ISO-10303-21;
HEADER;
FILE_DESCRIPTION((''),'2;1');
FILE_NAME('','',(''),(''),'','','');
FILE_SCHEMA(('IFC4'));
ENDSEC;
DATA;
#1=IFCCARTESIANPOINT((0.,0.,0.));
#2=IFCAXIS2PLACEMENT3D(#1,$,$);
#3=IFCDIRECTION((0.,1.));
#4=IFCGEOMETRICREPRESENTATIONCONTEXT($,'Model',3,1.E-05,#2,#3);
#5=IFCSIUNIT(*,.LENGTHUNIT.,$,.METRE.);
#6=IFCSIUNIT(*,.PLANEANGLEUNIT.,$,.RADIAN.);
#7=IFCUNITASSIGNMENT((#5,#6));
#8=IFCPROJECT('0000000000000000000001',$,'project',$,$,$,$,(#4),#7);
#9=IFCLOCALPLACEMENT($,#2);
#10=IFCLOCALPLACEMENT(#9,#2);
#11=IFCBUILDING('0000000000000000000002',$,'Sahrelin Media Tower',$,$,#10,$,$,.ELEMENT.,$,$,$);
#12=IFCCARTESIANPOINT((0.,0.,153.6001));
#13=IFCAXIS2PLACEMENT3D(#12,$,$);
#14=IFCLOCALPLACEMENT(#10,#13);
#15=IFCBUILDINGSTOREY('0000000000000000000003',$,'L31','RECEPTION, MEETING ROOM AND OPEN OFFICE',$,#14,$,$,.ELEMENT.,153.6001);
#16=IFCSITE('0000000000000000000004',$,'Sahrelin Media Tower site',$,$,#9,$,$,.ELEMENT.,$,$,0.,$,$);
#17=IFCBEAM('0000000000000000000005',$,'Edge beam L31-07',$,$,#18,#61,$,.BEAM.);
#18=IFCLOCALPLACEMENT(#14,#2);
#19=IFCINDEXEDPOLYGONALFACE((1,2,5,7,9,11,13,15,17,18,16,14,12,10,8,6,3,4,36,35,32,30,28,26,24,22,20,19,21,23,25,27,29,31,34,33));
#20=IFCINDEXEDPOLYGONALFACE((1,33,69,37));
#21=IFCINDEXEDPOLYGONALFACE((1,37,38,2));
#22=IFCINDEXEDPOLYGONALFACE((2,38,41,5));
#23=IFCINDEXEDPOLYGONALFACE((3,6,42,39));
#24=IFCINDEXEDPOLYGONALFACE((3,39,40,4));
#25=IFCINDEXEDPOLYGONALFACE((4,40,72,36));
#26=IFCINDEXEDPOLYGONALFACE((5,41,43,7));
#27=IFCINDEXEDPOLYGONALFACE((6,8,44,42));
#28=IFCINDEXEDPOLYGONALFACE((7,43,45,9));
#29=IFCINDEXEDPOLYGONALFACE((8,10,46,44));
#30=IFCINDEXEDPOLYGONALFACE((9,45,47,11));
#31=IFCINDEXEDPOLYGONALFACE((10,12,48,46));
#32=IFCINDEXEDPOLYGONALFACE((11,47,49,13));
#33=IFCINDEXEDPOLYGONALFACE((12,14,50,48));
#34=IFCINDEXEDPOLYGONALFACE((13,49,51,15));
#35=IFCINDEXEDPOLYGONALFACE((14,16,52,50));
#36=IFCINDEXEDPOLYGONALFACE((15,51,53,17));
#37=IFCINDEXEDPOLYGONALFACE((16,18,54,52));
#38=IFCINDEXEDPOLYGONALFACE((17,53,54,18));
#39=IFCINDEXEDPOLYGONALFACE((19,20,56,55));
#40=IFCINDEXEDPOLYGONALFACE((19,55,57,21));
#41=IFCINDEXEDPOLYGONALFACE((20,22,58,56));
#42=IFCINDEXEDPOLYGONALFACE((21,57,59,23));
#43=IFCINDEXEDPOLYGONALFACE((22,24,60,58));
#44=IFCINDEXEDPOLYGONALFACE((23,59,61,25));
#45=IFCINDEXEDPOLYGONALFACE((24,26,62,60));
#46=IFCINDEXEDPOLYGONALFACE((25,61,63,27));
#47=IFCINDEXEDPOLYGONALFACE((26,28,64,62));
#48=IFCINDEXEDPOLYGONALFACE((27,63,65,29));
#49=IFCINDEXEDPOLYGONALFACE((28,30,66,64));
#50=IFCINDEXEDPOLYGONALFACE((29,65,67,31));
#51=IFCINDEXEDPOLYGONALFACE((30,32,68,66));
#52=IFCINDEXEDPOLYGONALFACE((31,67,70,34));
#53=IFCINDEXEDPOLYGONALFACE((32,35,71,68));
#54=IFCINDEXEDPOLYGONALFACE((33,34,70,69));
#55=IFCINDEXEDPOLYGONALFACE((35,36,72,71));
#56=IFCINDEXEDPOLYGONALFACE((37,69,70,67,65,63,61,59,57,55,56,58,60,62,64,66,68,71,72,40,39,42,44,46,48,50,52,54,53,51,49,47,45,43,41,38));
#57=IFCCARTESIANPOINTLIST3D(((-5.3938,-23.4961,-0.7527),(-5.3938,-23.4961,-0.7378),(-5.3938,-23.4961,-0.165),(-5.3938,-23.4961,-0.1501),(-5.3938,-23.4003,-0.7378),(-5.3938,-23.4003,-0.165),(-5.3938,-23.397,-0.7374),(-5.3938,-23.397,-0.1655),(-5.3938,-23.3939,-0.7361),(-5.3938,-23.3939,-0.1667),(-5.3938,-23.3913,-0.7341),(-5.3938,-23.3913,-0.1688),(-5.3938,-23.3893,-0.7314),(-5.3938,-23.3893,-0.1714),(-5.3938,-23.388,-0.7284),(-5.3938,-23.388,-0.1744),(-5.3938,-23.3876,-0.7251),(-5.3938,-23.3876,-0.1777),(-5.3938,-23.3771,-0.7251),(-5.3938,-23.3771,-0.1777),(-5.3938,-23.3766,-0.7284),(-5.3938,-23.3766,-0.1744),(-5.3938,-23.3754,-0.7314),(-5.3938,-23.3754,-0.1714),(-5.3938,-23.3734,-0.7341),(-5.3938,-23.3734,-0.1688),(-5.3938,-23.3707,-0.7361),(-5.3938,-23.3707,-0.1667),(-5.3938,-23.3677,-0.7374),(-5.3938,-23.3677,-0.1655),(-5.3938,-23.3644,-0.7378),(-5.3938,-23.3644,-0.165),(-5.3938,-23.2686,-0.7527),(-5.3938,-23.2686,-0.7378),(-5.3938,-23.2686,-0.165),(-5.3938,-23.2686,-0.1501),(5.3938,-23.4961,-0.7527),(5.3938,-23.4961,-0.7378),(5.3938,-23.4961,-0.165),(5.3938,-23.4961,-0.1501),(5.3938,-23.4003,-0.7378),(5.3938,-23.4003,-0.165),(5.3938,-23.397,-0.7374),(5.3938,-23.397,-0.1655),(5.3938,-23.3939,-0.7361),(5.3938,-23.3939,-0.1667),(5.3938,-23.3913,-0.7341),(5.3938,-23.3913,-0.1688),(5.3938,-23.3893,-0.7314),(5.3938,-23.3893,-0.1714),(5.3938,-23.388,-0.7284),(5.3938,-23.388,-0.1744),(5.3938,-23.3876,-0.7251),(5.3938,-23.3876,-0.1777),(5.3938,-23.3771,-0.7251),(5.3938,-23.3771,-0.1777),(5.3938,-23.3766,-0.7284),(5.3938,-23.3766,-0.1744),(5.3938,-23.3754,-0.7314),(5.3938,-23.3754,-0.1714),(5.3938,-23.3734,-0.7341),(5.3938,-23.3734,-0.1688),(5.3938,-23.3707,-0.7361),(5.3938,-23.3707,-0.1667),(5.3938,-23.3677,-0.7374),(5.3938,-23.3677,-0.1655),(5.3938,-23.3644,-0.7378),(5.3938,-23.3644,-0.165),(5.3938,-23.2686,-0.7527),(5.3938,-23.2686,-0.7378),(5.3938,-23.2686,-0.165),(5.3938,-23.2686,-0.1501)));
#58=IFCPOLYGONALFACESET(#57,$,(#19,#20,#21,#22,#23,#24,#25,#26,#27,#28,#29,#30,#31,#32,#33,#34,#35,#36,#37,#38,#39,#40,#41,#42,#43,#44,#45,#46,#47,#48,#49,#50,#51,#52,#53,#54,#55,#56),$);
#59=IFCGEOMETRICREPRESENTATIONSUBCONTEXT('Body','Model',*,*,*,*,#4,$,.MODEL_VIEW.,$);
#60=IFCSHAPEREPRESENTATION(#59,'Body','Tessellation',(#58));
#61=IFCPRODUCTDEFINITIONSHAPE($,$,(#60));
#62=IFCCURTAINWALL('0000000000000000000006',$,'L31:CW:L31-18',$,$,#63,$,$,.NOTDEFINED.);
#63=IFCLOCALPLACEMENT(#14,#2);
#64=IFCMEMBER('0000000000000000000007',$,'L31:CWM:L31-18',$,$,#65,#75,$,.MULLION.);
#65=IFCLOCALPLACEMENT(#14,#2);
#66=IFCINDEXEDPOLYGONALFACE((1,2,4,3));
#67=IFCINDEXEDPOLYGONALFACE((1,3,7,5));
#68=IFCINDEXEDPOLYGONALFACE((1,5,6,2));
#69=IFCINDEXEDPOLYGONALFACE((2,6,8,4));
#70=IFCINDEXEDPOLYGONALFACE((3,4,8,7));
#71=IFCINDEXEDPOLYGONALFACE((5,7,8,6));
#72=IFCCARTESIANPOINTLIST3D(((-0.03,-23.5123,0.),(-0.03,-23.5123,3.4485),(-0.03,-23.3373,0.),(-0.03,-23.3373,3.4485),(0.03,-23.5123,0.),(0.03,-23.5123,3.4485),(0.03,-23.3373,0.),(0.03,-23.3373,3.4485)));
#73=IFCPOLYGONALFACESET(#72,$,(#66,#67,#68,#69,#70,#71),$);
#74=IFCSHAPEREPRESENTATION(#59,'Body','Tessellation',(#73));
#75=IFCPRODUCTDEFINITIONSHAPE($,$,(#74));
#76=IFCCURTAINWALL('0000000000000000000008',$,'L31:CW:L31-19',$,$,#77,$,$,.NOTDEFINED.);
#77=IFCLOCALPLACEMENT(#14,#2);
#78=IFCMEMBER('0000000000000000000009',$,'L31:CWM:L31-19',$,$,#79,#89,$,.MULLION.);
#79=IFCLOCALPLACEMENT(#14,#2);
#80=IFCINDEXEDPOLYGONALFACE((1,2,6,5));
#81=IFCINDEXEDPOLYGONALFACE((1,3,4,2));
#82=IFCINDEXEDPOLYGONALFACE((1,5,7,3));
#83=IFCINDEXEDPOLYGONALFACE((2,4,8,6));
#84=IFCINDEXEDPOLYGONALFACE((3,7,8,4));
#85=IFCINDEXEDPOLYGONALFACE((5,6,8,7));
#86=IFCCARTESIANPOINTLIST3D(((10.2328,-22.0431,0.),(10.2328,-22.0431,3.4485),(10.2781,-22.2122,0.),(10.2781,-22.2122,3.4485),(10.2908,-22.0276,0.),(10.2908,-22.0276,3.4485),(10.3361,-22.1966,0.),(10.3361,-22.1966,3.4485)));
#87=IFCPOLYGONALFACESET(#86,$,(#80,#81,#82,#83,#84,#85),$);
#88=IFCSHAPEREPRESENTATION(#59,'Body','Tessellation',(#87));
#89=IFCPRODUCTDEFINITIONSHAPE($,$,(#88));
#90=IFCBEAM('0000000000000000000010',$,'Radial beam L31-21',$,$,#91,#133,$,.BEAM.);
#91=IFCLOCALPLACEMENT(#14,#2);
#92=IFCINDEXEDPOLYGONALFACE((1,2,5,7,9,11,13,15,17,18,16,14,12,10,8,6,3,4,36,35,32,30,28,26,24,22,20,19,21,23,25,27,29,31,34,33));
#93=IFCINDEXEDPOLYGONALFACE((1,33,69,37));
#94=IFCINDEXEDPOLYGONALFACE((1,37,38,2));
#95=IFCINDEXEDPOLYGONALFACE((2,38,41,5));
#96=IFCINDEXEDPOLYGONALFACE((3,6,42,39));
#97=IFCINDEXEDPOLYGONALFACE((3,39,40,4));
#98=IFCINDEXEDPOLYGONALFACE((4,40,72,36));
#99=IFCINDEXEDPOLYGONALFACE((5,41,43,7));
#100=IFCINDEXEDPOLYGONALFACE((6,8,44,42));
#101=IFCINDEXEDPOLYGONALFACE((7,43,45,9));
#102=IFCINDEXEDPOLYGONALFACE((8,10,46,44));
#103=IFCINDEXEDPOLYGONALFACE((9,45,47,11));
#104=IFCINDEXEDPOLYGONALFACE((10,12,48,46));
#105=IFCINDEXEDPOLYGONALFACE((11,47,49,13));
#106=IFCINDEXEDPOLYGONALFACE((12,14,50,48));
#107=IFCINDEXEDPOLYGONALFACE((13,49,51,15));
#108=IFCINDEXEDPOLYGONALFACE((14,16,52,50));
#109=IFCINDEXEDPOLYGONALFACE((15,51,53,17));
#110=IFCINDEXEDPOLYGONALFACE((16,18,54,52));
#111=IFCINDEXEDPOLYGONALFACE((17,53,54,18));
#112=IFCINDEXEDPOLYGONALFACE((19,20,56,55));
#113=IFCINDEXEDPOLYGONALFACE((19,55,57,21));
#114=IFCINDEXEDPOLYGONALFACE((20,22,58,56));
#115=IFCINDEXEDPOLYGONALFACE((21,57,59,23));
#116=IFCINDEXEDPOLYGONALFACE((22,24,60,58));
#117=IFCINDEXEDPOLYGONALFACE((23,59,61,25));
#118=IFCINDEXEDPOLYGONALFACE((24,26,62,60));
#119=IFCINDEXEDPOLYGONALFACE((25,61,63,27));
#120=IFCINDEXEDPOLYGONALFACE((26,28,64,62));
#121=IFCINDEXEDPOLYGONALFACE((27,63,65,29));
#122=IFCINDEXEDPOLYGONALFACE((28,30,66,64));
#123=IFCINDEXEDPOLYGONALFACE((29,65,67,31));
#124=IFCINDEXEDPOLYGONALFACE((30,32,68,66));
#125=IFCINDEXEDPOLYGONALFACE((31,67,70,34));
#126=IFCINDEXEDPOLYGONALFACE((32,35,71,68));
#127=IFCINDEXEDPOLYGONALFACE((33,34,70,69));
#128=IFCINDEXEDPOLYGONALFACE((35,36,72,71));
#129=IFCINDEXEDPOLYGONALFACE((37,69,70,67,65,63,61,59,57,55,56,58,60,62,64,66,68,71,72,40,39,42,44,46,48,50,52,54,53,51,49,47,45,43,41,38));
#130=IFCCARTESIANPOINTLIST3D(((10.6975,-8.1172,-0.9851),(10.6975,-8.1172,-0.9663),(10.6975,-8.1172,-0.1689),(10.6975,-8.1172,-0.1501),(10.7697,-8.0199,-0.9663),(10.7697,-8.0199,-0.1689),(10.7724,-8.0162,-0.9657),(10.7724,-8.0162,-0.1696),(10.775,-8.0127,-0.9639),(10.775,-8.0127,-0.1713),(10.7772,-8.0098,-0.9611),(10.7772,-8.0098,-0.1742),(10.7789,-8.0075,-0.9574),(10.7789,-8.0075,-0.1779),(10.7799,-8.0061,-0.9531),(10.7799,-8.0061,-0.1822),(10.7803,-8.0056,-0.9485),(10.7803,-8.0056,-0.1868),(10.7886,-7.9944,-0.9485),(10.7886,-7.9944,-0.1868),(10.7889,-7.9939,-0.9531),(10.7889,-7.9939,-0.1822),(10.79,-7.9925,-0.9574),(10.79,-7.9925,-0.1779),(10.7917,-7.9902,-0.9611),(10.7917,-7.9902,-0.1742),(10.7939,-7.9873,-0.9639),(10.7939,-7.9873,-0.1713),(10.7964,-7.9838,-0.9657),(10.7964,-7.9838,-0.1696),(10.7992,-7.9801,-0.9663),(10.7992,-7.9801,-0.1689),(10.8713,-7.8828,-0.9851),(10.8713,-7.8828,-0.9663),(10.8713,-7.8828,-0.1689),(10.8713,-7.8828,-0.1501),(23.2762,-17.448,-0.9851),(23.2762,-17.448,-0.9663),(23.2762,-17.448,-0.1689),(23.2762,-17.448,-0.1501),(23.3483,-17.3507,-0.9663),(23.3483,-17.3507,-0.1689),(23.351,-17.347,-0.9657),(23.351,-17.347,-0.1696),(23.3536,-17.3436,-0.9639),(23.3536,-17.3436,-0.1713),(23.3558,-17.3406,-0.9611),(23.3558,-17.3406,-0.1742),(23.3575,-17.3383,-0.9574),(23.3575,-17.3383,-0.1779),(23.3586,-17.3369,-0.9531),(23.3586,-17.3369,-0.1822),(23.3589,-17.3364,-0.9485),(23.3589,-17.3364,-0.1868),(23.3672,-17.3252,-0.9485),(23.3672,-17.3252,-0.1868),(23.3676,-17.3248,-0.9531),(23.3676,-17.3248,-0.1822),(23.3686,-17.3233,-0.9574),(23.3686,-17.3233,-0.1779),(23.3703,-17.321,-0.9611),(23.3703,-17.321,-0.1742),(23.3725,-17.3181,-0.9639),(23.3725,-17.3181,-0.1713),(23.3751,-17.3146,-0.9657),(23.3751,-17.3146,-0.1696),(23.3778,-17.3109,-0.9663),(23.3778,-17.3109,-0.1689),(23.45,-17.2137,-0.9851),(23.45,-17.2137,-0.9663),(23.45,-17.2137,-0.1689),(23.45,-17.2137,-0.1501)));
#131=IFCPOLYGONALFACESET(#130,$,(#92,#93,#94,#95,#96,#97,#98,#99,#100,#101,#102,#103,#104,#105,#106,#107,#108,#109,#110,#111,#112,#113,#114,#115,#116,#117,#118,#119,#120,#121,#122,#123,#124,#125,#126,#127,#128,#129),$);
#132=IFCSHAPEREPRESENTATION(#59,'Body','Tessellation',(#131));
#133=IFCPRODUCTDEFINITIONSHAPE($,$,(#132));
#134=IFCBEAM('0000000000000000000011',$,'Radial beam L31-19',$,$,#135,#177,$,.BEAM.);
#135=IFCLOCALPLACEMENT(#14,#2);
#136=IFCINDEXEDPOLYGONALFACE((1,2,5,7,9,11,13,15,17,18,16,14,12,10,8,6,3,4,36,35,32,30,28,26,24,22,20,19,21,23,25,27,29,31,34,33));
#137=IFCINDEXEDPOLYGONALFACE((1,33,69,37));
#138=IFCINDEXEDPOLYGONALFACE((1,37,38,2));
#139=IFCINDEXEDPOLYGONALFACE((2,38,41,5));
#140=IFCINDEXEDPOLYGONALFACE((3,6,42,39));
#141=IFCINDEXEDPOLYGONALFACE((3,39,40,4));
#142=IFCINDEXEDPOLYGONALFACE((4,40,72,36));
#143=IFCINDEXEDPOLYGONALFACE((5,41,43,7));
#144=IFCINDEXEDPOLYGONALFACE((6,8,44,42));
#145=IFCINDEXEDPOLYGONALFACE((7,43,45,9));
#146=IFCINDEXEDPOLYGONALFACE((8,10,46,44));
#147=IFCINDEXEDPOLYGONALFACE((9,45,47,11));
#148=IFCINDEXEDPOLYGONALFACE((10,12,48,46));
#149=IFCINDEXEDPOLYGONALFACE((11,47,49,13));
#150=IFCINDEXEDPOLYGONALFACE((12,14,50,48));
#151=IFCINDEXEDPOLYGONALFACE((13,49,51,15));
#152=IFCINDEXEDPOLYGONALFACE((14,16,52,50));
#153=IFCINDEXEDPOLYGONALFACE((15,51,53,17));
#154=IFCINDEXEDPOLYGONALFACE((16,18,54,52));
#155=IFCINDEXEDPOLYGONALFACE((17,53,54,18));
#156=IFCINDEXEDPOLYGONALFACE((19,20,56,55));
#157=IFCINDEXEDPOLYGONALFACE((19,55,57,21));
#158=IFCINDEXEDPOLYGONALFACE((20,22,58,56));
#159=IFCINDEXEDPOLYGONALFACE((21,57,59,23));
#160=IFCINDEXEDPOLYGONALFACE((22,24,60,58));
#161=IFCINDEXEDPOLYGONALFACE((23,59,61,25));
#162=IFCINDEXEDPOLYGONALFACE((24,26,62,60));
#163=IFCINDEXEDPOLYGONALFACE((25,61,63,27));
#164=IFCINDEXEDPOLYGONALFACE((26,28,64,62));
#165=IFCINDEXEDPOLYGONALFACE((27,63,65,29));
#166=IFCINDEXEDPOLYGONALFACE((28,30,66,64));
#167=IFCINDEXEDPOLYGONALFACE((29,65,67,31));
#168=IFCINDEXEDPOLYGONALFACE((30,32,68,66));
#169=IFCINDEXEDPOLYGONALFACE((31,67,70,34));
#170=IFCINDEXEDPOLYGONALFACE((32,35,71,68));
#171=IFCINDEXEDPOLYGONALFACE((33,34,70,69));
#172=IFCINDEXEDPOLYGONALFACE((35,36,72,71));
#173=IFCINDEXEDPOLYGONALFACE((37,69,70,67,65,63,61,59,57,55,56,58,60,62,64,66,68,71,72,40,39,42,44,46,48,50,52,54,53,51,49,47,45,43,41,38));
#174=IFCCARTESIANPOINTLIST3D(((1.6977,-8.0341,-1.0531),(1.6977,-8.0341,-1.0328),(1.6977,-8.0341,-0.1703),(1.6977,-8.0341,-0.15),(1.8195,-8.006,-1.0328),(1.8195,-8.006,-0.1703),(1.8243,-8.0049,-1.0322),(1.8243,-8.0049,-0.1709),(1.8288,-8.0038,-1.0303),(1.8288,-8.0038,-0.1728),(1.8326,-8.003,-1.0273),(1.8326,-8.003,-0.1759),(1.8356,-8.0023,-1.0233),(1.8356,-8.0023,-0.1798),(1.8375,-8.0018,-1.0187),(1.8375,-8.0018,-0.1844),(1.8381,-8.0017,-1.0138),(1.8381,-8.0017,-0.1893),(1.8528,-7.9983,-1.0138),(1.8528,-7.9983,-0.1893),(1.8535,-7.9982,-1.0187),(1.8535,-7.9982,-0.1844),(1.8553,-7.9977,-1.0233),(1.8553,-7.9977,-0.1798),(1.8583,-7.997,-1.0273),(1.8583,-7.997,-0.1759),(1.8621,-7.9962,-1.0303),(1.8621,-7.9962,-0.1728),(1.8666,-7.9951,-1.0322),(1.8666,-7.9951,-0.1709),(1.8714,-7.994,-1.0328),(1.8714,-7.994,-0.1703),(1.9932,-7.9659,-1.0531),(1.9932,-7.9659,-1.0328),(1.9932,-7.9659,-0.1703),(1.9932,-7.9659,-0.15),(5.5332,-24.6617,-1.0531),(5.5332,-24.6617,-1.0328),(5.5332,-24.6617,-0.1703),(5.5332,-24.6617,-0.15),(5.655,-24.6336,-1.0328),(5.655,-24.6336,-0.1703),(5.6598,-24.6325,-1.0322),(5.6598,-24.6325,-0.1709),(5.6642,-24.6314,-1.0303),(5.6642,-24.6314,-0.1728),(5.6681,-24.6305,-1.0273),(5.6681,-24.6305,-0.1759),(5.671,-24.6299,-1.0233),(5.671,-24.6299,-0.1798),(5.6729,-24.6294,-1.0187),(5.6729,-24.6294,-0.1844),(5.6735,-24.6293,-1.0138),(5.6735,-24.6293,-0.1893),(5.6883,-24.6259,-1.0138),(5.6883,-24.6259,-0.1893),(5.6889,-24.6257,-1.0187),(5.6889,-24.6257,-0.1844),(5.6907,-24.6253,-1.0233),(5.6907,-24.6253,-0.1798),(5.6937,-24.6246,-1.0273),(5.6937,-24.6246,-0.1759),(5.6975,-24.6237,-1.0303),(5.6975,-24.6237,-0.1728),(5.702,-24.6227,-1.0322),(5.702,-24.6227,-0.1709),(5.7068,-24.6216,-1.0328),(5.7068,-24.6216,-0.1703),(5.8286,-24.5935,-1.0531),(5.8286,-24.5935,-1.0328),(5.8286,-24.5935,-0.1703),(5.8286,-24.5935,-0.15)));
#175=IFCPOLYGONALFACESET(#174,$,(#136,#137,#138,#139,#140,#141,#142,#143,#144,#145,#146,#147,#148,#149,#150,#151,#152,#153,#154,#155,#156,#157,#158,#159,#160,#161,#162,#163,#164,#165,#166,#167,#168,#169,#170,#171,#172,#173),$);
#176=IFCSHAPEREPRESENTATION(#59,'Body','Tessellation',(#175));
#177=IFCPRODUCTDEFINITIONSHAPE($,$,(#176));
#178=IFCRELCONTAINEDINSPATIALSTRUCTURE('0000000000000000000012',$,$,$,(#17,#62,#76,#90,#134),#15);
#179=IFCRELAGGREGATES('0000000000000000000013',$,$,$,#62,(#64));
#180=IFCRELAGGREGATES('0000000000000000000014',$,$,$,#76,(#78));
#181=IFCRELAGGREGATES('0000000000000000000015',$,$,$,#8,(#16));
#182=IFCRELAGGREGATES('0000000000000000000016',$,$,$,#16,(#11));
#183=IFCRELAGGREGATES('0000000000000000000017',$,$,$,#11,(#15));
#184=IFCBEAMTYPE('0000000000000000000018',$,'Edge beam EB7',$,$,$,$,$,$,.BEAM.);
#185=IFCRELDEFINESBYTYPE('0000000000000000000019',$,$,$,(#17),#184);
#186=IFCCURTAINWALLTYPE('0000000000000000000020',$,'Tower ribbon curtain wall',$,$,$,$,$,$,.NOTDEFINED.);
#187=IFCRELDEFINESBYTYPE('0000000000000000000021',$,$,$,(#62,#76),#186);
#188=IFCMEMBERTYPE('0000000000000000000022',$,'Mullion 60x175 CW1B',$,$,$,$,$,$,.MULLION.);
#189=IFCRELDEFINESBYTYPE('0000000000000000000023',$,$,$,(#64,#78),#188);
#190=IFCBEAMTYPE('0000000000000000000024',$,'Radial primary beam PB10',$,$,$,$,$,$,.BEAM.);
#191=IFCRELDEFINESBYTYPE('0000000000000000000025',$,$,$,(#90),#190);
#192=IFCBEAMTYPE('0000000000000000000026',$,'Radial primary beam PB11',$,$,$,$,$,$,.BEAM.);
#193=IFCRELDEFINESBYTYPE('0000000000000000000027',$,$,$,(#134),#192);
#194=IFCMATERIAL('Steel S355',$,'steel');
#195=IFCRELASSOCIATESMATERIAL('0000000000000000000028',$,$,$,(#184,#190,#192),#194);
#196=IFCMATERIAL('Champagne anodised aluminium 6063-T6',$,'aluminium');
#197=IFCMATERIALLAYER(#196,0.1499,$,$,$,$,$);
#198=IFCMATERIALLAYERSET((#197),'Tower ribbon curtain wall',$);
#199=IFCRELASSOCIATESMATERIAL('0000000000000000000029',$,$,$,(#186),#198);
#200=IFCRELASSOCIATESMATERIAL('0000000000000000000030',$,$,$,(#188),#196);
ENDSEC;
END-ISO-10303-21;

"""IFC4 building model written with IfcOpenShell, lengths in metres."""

from ifc_helpers import new_model, si_unit, direction, frame, origin, origin_2d, place, context, subcontext, project, spatial, rectangle, i_section, extrude, material, layer, layer_set, material_profile, profile_set, type_object, element, aggregate, save


model = new_model("IFC4")

# Units and contexts
model_context = context("Model", 3, precision=1e-05, world=origin(), true_north=direction((0.0, 1.0)))
body_context = subcontext(model_context, "Body", "Model", "MODEL_VIEW")
ifc_project = project(units=[si_unit("LENGTHUNIT", "METRE"), si_unit("PLANEANGLEUNIT", "RADIAN")], contexts=[model_context])

# Site, building, storey
site_placement = place(None, origin())
site = spatial("IfcSite", under=ifc_project, at=site_placement, Name="Sahrelin Media Tower site", CompositionType="ELEMENT", RefElevation=0.0)
building_placement = place(site_placement, origin())
building = spatial("IfcBuilding", under=site, at=building_placement, Name="Sahrelin Media Tower", CompositionType="ELEMENT")
storey_placement = place(building_placement, frame((0.0, 0.0, 153.6001)))
storey = spatial("IfcBuildingStorey", under=building, at=storey_placement, Name="L31", Description="RECEPTION, MEETING ROOM AND OPEN OFFICE", CompositionType="ELEMENT", Elevation=153.6001)

# Beam
ifc_material_1 = material(Name="Steel S355", Category="steel")
ifc_material_profile_1 = material_profile(ifc_material_1, i_section(OverallWidth=0.2275, OverallDepth=0.6025, WebThickness=0.0105, FlangeThickness=0.0149, FilletRadius=0.0127, at=origin_2d()), Name="UB 610x229x101")
ifc_profile_set_1 = profile_set([ifc_material_profile_1], Name="Steel S355")
beam_type_1 = type_object("IfcBeamType", Name="Edge beam EB7", PredefinedType="BEAM", material=ifc_profile_set_1)
beam_1_placement = place(storey_placement, frame((5.3938, -23.3823, -0.4514), z_axis=(-1.0, 0.0, 0.0), x_axis=(0.0, -1.0, 0.0)))
element("IfcBeam", 1, at=beam_1_placement, inside=storey, type_object=beam_type_1, Name="Edge beam L31-07", PredefinedType="BEAM", context=body_context, shape_type="SweptSolid", body=[
    extrude(i_section(OverallWidth=0.2275, OverallDepth=0.6025, WebThickness=0.0105, FlangeThickness=0.0149, FilletRadius=0.0127, at=origin_2d()), origin(), (0.0, 0.0, 1.0), 10.7876),
])

# Curtain walls, members
ifc_material_2 = material(Name="Champagne anodised aluminium 6063-T6", Category="aluminium")
ifc_layer_1 = layer(ifc_material_2, 0.1499)
ifc_layer_set_1 = layer_set([ifc_layer_1], Name="Tower ribbon curtain wall")
curtain_wall_type = type_object("IfcCurtainWallType", Name="Tower ribbon curtain wall", PredefinedType="NOTDEFINED", material=ifc_layer_set_1)
curtain_wall_1_placement = place(storey_placement, frame((0.0, -23.5325, 0.0), z_axis=(0.0, 0.0, 1.0), x_axis=(1.0, 0.0, 0.0)))
curtain_wall_1 = element("IfcCurtainWall", 2, at=curtain_wall_1_placement, inside=storey, type_object=curtain_wall_type, Name="L31:CW:L31-18", PredefinedType="NOTDEFINED")
ifc_material_profile_2 = material_profile(ifc_material_2, rectangle(XDim=0.0601, YDim=0.175, at=origin_2d()), Name="Mullion 60x175")
ifc_profile_set_2 = profile_set([ifc_material_profile_2], Name="Champagne anodised aluminium 6063-T6")
member_type_1 = type_object("IfcMemberType", Name="Mullion 60x175 CW1B", PredefinedType="MULLION", material=ifc_profile_set_2)
member_1_placement = place(storey_placement, frame((0.0, -23.4248, 0.0), z_axis=(0.0, 0.0, 1.0), x_axis=(1.0, 0.0, 0.0)))
member_1 = element("IfcMember", 3, at=member_1_placement, type_object=member_type_1, Name="L31:CWM:L31-18", PredefinedType="MULLION", context=body_context, shape_type="SweptSolid", body=[
    extrude(rectangle(XDim=0.0601, YDim=0.175, at=origin_2d()), origin(), (0.0, 0.0, 1.0), 3.4485),
])
aggregate(curtain_wall_1, [member_1])
curtain_wall_2_placement = place(storey_placement, frame((10.3123, -22.2236, 0.0), z_axis=(0.0, 0.0, 1.0), x_axis=(1.0, 0.0, 0.0)))
curtain_wall_2 = element("IfcCurtainWall", 4, at=curtain_wall_2_placement, inside=storey, type_object=curtain_wall_type, Name="L31:CW:L31-19", PredefinedType="NOTDEFINED")
member_2_placement = place(storey_placement, frame((10.2844, -22.1199, 0.0), z_axis=(0.0, 0.0, 1.0), x_axis=(0.965927, 0.258816, 0.0)))
member_2 = element("IfcMember", 5, at=member_2_placement, type_object=member_type_1, Name="L31:CWM:L31-19", PredefinedType="MULLION", context=body_context, shape_type="SweptSolid", body=[
    extrude(rectangle(XDim=0.0601, YDim=0.175, at=origin_2d()), origin(), (0.0, 0.0, 1.0), 3.4485),
])

# Beams
ifc_material_profile_3 = material_profile(ifc_material_1, i_section(OverallWidth=0.2917, OverallDepth=0.835, WebThickness=0.0139, FlangeThickness=0.0188, FilletRadius=0.0178, at=origin_2d()), Name="UB 838x292x176")
ifc_profile_set_3 = profile_set([ifc_material_profile_3], Name="Steel S355")
beam_type_2 = type_object("IfcBeamType", Name="Radial primary beam PB10", PredefinedType="BEAM", material=ifc_profile_set_3)
beam_2_placement = place(storey_placement, frame((10.7844, -8.0, -0.5676), z_axis=(0.80315, -0.595777, 0.0), x_axis=(0.595777, 0.80315, 0.0)))
element("IfcBeam", 6, at=beam_2_placement, inside=storey, type_object=beam_type_2, Name="Radial beam L31-21", PredefinedType="BEAM", context=body_context, shape_type="SweptSolid", body=[
    extrude(i_section(OverallWidth=0.2917, OverallDepth=0.835, WebThickness=0.0139, FlangeThickness=0.0188, FilletRadius=0.0178, at=origin_2d()), origin(), (0.0, 0.0, 1.0), 15.6616),
])
ifc_material_profile_4 = material_profile(ifc_material_1, i_section(OverallWidth=0.3032, OverallDepth=0.9031, WebThickness=0.0151, FlangeThickness=0.0203, FilletRadius=0.019, at=origin_2d()), Name="UB 914x305x201")
ifc_profile_set_4 = profile_set([ifc_material_profile_4], Name="Steel S355")
beam_type_3 = type_object("IfcBeamType", Name="Radial primary beam PB11", PredefinedType="BEAM", material=ifc_profile_set_4)
beam_3_placement = place(storey_placement, frame((1.8455, -8.0, -0.6016), z_axis=(0.224764, -0.974413, 0.0), x_axis=(0.974413, 0.224764, 0.0)))
element("IfcBeam", 7, at=beam_3_placement, inside=storey, type_object=beam_type_3, Name="Radial beam L31-19", PredefinedType="BEAM", context=body_context, shape_type="SweptSolid", body=[
    extrude(i_section(OverallWidth=0.3032, OverallDepth=0.9031, WebThickness=0.0151, FlangeThickness=0.0203, FilletRadius=0.019, at=origin_2d()), origin(), (0.0, 0.0, 1.0), 17.0642),
])

aggregate(curtain_wall_2, [member_2])

save(model, "model.ifc")
